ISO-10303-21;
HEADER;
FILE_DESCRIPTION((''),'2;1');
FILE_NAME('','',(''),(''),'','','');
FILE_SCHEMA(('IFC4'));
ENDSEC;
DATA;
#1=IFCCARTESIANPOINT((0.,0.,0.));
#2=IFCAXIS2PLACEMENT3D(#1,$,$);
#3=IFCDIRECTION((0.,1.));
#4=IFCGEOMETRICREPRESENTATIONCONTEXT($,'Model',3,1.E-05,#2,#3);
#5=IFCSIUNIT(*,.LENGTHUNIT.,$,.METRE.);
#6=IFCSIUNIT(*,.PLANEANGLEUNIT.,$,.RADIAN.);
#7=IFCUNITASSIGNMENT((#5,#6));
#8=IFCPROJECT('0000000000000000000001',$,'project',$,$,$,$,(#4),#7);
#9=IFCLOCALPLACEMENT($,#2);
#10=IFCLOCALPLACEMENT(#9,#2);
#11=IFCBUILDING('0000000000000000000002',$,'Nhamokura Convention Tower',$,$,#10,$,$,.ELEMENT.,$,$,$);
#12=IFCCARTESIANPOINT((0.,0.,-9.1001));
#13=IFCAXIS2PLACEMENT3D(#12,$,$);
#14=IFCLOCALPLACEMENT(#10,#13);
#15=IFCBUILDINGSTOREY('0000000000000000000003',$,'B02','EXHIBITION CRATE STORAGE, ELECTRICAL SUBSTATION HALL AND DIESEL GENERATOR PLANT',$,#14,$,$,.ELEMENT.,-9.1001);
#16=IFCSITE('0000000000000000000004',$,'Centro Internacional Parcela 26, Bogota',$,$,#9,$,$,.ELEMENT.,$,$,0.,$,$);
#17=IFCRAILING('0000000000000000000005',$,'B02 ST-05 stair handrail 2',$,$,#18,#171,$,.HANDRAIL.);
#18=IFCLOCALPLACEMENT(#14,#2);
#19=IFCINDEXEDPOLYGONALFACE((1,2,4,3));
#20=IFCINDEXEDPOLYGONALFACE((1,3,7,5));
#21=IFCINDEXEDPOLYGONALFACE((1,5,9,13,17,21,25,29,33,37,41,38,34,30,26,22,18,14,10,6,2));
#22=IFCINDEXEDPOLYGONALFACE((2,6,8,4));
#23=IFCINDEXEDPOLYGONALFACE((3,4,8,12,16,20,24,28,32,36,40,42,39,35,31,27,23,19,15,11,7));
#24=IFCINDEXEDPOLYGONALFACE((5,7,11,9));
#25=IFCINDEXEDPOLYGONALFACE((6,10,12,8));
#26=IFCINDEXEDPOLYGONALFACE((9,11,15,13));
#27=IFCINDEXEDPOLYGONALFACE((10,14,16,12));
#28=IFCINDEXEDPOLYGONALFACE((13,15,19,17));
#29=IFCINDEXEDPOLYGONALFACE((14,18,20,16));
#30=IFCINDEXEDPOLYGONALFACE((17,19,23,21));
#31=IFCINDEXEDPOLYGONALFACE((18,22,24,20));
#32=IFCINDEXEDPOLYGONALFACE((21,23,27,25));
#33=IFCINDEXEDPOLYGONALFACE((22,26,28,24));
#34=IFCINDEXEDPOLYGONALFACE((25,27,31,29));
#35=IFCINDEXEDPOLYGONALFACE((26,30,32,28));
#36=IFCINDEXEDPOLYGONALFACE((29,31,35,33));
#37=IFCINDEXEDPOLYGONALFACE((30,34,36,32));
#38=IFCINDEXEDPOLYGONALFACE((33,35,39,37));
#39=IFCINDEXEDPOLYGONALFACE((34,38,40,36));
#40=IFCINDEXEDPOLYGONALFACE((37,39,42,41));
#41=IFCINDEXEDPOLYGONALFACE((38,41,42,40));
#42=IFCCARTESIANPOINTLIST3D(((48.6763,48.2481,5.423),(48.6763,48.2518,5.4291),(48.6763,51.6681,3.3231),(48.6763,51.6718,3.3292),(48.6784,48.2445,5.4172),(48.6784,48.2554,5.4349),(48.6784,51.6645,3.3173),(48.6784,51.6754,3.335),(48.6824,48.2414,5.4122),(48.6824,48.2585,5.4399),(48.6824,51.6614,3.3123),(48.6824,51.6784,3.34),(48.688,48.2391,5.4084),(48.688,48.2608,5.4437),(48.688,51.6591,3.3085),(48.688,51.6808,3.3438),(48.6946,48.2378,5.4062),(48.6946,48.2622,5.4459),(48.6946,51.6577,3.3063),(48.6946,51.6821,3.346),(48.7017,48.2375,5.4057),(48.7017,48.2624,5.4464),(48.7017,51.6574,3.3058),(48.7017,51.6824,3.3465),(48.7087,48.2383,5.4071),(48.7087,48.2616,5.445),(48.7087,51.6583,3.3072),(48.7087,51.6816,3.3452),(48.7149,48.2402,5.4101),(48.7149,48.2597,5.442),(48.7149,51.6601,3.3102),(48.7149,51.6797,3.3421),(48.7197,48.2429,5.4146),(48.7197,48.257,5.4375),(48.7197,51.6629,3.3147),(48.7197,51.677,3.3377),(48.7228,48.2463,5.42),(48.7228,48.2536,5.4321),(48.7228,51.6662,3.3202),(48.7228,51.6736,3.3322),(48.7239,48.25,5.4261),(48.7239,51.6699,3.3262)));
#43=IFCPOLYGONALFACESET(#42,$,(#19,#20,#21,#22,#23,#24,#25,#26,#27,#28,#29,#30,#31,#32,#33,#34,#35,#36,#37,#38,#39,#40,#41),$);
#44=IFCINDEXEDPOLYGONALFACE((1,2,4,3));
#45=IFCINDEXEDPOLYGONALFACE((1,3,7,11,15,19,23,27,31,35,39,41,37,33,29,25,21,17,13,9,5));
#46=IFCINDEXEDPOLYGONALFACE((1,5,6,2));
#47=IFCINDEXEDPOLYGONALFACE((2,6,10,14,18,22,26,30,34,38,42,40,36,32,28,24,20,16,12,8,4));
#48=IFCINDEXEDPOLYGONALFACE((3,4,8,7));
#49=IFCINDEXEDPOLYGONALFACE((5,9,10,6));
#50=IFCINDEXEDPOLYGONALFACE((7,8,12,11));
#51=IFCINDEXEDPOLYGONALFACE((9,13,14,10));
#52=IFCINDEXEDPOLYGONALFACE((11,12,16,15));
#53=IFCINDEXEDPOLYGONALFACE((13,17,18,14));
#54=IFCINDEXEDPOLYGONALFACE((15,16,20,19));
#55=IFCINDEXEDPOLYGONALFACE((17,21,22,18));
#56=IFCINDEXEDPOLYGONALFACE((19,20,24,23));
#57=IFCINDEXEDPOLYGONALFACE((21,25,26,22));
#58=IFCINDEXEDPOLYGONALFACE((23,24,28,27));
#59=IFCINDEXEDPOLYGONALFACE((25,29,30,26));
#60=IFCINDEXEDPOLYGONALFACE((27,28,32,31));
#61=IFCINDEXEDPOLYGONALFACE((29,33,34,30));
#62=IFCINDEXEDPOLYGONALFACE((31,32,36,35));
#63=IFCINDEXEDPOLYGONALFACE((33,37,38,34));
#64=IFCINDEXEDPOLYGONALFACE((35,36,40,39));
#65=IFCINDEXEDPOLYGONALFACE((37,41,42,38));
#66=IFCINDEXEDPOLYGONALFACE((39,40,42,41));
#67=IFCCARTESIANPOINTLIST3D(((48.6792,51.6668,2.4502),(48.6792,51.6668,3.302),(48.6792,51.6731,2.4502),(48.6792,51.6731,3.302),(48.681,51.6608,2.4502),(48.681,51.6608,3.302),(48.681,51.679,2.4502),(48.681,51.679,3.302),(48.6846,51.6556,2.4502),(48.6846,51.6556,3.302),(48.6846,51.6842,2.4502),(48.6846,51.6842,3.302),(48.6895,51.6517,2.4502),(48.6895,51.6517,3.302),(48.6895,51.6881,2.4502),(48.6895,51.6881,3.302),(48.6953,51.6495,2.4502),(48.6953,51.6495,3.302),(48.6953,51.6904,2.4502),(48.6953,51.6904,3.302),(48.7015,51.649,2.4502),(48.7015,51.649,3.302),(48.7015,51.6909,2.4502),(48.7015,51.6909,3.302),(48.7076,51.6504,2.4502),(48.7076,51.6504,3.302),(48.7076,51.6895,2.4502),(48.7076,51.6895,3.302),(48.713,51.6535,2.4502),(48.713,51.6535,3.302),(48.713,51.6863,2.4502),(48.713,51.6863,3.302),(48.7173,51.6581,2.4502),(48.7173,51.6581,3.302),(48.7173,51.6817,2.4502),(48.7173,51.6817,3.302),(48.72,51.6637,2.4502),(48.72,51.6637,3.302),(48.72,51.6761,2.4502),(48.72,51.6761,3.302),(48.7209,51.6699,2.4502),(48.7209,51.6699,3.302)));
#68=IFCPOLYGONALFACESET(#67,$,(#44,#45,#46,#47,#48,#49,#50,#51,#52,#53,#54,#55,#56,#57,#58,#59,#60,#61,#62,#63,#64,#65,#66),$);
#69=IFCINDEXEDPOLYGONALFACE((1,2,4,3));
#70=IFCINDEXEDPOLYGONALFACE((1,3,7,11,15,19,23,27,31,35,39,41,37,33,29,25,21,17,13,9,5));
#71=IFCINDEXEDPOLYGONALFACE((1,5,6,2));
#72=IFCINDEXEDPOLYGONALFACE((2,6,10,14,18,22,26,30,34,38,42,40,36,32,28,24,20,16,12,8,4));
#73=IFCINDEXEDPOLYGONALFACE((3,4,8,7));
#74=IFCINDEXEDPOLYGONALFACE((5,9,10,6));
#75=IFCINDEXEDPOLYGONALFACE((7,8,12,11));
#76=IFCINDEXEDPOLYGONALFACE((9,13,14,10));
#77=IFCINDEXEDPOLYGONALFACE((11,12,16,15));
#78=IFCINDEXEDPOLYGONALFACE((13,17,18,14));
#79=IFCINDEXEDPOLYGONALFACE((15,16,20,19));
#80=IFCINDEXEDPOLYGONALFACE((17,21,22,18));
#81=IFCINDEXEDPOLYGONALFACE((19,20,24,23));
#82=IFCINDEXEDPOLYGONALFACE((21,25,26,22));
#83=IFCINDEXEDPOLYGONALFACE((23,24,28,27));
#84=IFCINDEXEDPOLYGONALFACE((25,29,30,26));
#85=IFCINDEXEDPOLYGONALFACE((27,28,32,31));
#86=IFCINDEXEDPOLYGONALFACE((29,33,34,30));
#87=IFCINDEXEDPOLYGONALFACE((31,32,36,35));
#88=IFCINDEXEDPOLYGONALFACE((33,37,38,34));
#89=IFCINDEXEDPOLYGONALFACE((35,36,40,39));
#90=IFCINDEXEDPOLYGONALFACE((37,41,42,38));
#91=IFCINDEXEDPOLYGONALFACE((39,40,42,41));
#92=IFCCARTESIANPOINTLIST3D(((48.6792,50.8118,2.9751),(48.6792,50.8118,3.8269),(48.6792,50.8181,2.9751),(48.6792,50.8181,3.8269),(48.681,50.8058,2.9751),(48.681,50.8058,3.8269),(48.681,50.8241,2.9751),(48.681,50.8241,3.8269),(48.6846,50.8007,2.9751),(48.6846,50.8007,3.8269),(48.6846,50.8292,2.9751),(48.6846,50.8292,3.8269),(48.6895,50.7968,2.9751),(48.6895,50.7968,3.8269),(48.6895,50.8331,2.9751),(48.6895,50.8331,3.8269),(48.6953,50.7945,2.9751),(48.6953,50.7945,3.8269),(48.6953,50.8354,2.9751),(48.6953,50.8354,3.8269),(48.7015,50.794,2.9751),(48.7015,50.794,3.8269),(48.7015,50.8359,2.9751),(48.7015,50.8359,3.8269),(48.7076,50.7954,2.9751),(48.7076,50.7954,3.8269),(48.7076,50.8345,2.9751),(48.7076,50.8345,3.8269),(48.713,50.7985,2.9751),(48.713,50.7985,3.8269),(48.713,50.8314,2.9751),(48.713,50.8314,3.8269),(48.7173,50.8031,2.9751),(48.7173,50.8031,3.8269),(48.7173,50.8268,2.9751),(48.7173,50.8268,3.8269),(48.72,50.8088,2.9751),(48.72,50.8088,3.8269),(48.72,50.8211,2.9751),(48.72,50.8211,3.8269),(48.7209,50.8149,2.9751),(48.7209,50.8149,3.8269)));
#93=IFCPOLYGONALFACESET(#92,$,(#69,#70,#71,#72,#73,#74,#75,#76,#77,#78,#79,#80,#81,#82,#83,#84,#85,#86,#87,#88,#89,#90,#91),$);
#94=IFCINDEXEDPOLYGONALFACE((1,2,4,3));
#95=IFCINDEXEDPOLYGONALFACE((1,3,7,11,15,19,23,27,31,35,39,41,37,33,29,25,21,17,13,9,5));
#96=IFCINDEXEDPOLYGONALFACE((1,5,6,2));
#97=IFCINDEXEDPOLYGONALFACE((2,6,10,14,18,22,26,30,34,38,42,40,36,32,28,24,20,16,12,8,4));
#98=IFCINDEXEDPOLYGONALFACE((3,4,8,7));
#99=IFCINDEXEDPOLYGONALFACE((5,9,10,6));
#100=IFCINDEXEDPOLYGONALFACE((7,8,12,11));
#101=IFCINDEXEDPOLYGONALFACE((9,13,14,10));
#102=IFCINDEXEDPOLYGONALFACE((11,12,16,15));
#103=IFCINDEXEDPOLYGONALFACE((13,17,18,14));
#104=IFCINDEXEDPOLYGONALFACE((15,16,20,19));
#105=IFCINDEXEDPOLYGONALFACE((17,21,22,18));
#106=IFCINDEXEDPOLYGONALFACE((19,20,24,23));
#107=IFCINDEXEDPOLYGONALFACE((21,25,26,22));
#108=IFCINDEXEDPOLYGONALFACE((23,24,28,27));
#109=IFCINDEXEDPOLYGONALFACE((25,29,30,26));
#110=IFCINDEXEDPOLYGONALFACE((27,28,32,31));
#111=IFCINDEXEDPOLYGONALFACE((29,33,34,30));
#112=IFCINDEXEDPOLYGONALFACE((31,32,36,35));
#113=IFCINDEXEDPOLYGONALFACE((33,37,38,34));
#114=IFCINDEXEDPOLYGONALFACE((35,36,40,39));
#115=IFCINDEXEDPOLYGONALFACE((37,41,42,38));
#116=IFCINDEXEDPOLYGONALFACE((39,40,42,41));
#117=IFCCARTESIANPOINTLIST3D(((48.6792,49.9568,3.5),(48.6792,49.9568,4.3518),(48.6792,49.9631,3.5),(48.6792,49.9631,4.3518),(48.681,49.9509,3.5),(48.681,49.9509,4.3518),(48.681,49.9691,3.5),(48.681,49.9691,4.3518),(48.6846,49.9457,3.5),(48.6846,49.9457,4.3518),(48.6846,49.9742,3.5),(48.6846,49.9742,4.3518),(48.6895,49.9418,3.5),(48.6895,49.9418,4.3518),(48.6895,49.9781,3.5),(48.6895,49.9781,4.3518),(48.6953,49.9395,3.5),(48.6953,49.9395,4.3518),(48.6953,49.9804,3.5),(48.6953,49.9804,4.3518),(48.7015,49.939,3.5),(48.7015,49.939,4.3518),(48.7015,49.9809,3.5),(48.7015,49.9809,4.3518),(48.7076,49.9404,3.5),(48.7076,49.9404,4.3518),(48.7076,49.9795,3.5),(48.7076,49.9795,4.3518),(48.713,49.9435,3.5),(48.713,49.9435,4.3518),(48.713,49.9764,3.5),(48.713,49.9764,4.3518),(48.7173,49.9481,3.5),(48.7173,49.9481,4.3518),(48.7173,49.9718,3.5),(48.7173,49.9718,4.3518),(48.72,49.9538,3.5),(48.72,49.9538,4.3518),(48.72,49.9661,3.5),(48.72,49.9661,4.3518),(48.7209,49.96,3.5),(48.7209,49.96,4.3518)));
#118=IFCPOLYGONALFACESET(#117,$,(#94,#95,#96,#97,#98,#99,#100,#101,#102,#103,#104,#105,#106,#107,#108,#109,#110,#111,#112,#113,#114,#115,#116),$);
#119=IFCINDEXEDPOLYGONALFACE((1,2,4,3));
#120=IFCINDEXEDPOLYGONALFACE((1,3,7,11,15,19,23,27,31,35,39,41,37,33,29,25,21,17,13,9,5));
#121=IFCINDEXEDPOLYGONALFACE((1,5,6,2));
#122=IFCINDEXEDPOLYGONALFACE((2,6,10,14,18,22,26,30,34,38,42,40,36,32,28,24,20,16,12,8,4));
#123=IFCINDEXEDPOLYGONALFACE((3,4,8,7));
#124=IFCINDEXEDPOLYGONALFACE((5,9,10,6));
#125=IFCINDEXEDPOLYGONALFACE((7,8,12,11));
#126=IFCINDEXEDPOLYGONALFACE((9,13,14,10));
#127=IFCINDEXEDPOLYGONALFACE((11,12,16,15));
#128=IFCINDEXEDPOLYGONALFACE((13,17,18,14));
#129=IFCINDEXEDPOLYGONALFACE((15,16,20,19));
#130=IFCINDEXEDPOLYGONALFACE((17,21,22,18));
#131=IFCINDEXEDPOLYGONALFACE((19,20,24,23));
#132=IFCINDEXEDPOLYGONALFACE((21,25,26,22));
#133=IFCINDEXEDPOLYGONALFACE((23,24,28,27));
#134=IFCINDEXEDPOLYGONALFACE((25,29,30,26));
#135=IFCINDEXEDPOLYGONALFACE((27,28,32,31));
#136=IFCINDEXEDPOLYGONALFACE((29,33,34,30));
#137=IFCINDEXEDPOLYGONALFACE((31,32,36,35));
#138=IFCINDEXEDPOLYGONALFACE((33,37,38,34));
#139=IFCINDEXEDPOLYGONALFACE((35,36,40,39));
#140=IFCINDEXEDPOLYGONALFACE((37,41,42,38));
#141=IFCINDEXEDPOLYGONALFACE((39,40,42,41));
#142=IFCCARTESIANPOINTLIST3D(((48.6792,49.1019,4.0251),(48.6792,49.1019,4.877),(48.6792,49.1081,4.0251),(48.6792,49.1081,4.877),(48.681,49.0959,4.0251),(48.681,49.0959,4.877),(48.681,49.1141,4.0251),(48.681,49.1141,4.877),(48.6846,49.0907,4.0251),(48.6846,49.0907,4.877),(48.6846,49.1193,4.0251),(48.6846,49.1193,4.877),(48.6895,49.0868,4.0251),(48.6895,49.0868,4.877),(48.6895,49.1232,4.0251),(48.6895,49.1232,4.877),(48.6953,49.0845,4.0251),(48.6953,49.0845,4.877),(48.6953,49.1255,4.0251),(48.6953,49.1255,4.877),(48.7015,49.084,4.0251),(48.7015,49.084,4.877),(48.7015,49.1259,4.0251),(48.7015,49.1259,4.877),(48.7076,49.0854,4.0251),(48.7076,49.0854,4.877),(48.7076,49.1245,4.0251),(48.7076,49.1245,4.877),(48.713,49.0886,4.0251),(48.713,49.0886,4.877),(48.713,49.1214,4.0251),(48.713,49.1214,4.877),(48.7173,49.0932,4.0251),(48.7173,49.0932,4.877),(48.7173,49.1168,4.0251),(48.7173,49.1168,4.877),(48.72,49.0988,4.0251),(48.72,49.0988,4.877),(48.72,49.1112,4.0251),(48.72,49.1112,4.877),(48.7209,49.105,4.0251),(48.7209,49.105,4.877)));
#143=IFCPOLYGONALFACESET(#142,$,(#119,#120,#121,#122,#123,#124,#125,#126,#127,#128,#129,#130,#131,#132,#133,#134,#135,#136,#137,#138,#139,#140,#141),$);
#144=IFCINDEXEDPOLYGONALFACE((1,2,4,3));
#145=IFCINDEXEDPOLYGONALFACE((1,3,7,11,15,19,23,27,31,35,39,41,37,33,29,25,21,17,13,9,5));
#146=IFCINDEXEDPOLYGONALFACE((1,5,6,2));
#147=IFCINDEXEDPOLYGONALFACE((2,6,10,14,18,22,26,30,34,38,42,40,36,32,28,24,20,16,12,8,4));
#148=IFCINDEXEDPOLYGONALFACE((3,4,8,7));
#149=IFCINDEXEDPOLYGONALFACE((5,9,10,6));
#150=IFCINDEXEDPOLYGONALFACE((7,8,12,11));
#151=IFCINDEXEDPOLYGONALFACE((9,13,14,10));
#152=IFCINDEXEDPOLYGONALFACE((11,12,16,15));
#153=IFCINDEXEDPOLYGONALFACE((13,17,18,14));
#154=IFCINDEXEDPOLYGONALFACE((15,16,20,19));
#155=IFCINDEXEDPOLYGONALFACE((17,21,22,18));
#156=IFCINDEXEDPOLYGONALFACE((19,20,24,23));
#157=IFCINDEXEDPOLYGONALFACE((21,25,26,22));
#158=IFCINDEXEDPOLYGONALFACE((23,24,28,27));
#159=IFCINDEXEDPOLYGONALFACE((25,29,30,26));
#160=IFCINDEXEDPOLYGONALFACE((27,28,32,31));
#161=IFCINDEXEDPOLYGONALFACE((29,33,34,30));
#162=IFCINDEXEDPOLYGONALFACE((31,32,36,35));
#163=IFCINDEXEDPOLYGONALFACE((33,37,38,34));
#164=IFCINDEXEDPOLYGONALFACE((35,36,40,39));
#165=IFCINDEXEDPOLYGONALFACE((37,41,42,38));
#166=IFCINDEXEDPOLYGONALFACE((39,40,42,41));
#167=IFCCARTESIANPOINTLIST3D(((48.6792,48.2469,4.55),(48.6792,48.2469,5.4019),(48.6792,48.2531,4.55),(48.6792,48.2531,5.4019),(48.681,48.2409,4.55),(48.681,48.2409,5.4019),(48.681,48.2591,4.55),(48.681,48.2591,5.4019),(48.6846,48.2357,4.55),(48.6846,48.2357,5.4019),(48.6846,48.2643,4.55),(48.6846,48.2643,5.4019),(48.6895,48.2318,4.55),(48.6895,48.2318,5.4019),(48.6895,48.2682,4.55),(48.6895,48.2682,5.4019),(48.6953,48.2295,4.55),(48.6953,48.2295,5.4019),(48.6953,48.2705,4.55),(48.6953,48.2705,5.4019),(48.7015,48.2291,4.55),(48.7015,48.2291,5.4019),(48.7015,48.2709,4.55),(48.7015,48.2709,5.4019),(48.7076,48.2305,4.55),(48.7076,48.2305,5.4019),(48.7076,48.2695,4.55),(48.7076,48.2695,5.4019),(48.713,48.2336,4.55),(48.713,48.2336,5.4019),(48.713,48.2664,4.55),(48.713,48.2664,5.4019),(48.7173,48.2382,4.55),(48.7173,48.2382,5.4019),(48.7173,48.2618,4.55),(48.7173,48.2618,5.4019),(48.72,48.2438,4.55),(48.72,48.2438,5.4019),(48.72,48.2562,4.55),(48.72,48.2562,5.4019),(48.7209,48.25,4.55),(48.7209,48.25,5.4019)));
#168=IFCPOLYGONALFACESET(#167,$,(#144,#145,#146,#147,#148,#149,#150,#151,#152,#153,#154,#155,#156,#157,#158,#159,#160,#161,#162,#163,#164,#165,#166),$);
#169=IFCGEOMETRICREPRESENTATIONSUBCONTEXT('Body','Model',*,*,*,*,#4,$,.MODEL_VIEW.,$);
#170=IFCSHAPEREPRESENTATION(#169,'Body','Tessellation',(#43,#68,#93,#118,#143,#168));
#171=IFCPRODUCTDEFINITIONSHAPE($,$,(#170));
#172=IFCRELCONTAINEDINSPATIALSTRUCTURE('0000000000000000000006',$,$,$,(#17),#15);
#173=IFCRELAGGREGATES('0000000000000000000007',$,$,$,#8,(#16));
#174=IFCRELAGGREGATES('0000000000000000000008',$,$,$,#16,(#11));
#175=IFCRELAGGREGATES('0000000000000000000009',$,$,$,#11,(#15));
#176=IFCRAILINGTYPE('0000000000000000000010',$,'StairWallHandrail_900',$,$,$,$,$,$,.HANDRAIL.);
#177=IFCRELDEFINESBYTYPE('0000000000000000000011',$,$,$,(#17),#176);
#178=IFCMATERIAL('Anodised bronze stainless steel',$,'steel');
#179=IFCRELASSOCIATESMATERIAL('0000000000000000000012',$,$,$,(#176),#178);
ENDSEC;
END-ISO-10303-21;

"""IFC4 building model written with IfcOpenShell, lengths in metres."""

from ifc_helpers import new_model, si_unit, direction, frame, origin, origin_2d, place, context, subcontext, project, spatial, circle, extrude, material, type_object, element, save


model = new_model("IFC4")

# Units and contexts
model_context = context("Model", 3, precision=1e-05, world=origin(), true_north=direction((0.0, 1.0)))
body_context = subcontext(model_context, "Body", "Model", "MODEL_VIEW")
ifc_project = project(units=[si_unit("LENGTHUNIT", "METRE"), si_unit("PLANEANGLEUNIT", "RADIAN")], contexts=[model_context])

# Site, building, storey
site_placement = place(None, origin())
site = spatial("IfcSite", under=ifc_project, at=site_placement, Name="Centro Internacional Parcela 26, Bogota", CompositionType="ELEMENT", RefElevation=0.0)
building_placement = place(site_placement, origin())
building = spatial("IfcBuilding", under=site, at=building_placement, Name="Nhamokura Convention Tower", CompositionType="ELEMENT")
storey_placement = place(building_placement, frame((0.0, 0.0, -9.1001)))
storey = spatial("IfcBuildingStorey", under=building, at=storey_placement, Name="B02", Description="EXHIBITION CRATE STORAGE, ELECTRICAL SUBSTATION HALL AND DIESEL GENERATOR PLANT", CompositionType="ELEMENT", Elevation=-9.1001)

# Railing
ifc_material_1 = material(Name="Anodised bronze stainless steel", Category="steel")
railing_type = type_object("IfcRailingType", Name="StairWallHandrail_900", PredefinedType="HANDRAIL", material=ifc_material_1)
railing_placement = place(storey_placement, frame((48.7, 51.6699, 2.4502)))
element("IfcRailing", 1, at=railing_placement, inside=storey, type_object=railing_type, Name="B02 ST-05 stair handrail 2", PredefinedType="HANDRAIL", context=body_context, shape_type="SweptSolid", body=[
    extrude(circle(Radius=0.0239, at=origin_2d()), frame((0.0, 0.0, 0.876), z_axis=(0.0, -0.852182, 0.523245), x_axis=(1.0, 0.0, 0.0)), (0.0, 0.0, 1.0), 4.0132),
    extrude(circle(Radius=0.021, at=origin_2d()), origin(), (0.0, 0.0, 1.0), 0.8518),
    extrude(circle(Radius=0.021, at=origin_2d()), frame((0.0, -0.855, 0.5249)), (0.0, 0.0, 1.0), 0.8518),
    extrude(circle(Radius=0.021, at=origin_2d()), frame((0.0, -1.71, 1.0498)), (0.0, 0.0, 1.0), 0.8518),
    extrude(circle(Radius=0.021, at=origin_2d()), frame((0.0, -2.5649, 1.575)), (0.0, 0.0, 1.0), 0.8518),
    extrude(circle(Radius=0.021, at=origin_2d()), frame((0.0, -3.4199, 2.0999)), (0.0, 0.0, 1.0), 0.8518),
])

save(model, "model.ifc")
